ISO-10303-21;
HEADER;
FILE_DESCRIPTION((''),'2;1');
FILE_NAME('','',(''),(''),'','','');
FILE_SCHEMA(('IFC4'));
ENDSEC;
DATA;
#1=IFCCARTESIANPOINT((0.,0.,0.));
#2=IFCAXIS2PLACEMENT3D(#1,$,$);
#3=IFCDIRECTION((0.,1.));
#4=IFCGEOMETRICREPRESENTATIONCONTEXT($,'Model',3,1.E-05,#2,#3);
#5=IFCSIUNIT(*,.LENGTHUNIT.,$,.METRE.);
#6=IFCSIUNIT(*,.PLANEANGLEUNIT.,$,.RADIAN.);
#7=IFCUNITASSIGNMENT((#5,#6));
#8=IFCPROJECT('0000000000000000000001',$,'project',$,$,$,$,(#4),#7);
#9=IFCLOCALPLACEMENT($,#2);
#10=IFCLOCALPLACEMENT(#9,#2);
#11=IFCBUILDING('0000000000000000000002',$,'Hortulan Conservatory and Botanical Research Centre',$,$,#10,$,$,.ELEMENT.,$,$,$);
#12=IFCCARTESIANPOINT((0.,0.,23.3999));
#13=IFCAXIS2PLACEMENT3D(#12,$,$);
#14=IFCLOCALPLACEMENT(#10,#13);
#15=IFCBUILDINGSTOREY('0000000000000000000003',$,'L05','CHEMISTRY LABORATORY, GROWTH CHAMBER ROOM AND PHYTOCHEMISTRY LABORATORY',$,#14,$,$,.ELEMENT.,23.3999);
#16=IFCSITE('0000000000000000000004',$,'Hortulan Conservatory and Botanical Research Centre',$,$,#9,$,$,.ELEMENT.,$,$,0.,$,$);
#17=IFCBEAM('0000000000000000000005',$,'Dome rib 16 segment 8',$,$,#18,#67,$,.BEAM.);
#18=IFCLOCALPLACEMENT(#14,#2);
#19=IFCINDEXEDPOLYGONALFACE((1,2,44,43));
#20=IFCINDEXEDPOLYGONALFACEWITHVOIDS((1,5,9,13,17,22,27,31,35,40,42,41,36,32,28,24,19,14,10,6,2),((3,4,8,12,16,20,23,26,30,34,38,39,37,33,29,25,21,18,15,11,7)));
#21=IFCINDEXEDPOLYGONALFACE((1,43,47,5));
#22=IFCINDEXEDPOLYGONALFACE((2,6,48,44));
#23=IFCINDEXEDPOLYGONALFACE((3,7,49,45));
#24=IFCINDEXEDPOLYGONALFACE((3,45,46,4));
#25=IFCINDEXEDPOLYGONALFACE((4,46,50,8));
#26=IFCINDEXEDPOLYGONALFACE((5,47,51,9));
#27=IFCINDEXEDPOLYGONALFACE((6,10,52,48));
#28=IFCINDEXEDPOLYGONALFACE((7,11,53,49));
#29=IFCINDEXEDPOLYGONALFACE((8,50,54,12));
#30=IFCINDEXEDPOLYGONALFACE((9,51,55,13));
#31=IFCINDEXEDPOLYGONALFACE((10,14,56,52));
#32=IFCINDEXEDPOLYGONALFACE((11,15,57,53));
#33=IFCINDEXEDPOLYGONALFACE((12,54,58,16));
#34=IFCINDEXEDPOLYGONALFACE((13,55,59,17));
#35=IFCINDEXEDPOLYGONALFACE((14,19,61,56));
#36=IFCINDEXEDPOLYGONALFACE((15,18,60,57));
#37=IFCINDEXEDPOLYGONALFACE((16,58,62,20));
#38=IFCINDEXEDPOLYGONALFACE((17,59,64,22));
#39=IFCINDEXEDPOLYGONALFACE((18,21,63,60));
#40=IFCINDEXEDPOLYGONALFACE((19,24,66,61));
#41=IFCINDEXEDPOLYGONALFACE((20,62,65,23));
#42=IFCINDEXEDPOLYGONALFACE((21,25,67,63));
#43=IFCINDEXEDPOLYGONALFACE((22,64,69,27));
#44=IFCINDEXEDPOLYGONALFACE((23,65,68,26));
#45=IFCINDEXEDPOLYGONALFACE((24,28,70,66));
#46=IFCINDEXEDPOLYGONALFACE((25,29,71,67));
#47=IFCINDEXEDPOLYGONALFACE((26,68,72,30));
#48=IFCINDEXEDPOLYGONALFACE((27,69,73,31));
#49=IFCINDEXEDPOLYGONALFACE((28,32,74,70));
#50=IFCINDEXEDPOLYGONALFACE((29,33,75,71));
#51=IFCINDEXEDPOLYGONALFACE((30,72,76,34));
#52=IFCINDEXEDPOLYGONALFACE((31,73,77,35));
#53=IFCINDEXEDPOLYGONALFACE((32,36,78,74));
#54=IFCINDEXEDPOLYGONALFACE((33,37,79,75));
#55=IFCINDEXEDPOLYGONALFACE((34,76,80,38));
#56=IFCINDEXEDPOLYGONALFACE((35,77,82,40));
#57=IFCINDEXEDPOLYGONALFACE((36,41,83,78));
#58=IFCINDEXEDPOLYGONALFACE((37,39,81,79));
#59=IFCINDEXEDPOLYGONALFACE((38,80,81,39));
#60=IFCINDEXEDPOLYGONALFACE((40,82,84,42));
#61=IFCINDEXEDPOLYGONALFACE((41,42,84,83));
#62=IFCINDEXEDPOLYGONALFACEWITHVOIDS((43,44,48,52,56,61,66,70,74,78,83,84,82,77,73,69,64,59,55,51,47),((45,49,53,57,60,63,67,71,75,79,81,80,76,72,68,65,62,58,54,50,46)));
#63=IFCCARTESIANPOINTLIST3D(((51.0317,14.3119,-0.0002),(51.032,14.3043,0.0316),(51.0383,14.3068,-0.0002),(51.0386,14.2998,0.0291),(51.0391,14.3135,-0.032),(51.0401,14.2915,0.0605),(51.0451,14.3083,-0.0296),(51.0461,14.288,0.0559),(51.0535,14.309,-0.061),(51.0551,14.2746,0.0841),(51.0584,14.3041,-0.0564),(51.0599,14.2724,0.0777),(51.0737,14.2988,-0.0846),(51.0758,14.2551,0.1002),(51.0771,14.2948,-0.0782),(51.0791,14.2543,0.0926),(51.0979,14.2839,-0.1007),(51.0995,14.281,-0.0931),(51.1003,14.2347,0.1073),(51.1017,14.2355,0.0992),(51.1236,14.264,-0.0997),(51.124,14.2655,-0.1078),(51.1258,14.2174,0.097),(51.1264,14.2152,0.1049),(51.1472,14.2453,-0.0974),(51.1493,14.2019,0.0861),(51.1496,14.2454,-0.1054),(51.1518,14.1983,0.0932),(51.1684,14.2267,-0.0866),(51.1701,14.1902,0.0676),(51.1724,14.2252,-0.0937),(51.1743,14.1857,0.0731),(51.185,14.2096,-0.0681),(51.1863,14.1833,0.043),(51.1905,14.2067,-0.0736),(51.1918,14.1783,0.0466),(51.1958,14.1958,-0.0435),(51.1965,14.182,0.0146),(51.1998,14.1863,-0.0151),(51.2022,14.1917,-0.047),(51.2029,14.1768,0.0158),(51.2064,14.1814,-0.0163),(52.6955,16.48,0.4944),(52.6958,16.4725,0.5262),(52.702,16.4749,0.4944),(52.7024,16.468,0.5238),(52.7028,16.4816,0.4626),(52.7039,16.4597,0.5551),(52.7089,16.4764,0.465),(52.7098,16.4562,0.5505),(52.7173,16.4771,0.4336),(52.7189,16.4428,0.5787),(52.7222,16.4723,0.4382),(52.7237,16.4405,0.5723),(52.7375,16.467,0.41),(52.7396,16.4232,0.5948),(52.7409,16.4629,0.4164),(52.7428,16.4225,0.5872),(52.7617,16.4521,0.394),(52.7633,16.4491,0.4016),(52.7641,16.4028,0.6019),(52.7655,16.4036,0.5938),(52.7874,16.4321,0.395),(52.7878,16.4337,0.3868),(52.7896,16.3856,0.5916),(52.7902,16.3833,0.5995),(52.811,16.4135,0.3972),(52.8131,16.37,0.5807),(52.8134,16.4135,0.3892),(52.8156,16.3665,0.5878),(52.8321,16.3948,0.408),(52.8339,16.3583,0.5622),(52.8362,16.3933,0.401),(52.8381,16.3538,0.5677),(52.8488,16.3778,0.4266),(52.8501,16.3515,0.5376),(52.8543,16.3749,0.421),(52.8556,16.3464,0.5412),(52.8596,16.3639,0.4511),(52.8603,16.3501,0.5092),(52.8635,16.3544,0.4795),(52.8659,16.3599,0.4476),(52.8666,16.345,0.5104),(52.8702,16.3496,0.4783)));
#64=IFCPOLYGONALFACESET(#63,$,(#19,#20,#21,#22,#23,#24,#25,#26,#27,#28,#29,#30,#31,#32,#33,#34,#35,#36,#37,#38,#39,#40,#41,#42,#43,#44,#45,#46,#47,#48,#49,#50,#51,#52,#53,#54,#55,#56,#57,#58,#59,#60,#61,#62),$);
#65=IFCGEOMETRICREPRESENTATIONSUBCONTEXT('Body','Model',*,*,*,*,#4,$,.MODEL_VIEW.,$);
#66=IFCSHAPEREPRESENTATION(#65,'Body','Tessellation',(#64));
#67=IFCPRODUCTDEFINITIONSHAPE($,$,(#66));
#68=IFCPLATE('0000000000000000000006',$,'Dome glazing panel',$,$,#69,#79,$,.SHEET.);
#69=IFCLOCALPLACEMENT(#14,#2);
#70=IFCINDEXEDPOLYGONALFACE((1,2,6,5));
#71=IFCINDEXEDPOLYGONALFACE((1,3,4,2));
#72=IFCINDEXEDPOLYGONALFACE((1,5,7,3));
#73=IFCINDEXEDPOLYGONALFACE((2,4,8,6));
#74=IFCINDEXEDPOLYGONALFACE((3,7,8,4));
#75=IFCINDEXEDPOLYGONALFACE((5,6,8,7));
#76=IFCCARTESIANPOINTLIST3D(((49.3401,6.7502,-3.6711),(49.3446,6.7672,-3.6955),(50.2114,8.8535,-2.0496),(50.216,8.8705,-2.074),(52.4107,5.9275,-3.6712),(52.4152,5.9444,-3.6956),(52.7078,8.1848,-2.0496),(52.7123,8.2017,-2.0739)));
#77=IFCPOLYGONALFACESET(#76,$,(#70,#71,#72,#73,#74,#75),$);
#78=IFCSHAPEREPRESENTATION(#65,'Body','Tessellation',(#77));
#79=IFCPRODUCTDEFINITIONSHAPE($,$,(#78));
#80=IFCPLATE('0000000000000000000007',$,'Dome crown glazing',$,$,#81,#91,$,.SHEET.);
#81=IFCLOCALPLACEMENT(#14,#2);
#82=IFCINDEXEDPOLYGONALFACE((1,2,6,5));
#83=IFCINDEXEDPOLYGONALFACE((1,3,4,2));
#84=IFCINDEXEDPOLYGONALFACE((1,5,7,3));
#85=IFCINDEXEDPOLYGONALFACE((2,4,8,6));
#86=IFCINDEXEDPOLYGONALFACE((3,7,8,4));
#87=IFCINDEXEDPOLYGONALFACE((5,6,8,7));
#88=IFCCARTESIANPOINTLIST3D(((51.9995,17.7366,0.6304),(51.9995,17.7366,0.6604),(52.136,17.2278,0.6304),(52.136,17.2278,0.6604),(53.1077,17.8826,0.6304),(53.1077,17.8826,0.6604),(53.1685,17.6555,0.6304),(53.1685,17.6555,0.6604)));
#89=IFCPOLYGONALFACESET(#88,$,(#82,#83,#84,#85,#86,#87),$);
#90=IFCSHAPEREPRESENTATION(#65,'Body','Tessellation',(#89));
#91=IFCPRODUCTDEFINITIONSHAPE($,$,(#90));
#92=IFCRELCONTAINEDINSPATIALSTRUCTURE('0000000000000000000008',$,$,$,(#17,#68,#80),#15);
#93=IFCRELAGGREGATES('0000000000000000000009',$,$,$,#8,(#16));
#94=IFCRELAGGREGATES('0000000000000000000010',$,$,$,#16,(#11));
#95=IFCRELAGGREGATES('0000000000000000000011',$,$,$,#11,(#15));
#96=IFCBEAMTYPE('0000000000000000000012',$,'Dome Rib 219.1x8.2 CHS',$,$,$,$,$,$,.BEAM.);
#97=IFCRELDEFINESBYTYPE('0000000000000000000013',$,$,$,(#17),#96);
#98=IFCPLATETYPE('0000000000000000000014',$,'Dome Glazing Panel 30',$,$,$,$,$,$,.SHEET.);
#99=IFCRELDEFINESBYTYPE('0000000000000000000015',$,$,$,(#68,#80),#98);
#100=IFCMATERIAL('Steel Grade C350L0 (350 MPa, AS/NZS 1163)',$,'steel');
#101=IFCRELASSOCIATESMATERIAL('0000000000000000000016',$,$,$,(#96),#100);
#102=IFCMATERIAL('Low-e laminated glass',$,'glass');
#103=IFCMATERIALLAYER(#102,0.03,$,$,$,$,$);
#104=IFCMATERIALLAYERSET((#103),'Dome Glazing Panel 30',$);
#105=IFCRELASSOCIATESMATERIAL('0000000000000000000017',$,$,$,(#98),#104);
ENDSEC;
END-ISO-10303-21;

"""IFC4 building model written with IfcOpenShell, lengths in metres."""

from ifc_helpers import new_model, si_unit, direction, frame, origin, origin_2d, place, context, subcontext, project, spatial, polyline, hollow_circle, outline, extrude, material, layer, layer_set, material_profile, profile_set, type_object, element, save


model = new_model("IFC4")

# Units and contexts
model_context = context("Model", 3, precision=1e-05, world=origin(), true_north=direction((0.0, 1.0)))
body_context = subcontext(model_context, "Body", "Model", "MODEL_VIEW")
ifc_project = project(units=[si_unit("LENGTHUNIT", "METRE"), si_unit("PLANEANGLEUNIT", "RADIAN")], contexts=[model_context])

# Site, building, storey
site_placement = place(None, origin())
site = spatial("IfcSite", under=ifc_project, at=site_placement, Name="Hortulan Conservatory and Botanical Research Centre", CompositionType="ELEMENT", RefElevation=0.0)
building_placement = place(site_placement, origin())
building = spatial("IfcBuilding", under=site, at=building_placement, Name="Hortulan Conservatory and Botanical Research Centre", CompositionType="ELEMENT")
storey_placement = place(building_placement, frame((0.0, 0.0, 23.3999)))
storey = spatial("IfcBuildingStorey", under=building, at=storey_placement, Name="L05", Description="CHEMISTRY LABORATORY, GROWTH CHAMBER ROOM AND PHYTOCHEMISTRY LABORATORY", CompositionType="ELEMENT", Elevation=23.3999)

# Shared definitions
ifc_material_1 = material(Name="Steel Grade C350L0 (350 MPa, AS/NZS 1163)", Category="steel")

# Beam
ifc_material_profile_1 = material_profile(ifc_material_1, hollow_circle(Radius=0.1096, WallThickness=0.0083, at=origin_2d()), Name="219.1x8.2CHS")
ifc_profile_set_1 = profile_set([ifc_material_profile_1], Name="Steel Grade C350L0 (350 MPa, AS/NZS 1163)")
beam_type = type_object("IfcBeamType", Name="Dome Rib 219.1x8.2 CHS", PredefinedType="BEAM", material=ifc_profile_set_1)
for number, where, z_axis, x_axis, name in (
    (1, (51.1187, 14.2451, -0.0002), (0.59905, 0.780655, 0.178089), (-0.793337, 0.608782, 0.0), "Dome rib 16 segment 8"),
):
    element("IfcBeam", number, at=place(storey_placement, frame(where, z_axis=z_axis, x_axis=x_axis)), inside=storey, type_object=beam_type, Name=name, PredefinedType="BEAM", context=body_context, shape_type="SweptSolid", body=[
        extrude(hollow_circle(Radius=0.1096, WallThickness=0.0083, at=origin_2d()), origin(), (0.0, 0.0, 1.0), 2.7773),
    ])

# Plates
ifc_material_2 = material(Name="Low-e laminated glass", Category="glass")
ifc_layer = layer(ifc_material_2, 0.03)
ifc_layer_set = layer_set([ifc_layer], Name="Dome Glazing Panel 30")
plate_type = type_object("IfcPlateType", Name="Dome Glazing Panel 30", PredefinedType="SHEET", material=ifc_layer_set)
plate_1_placement = place(storey_placement, frame((49.3401, 6.7502, -3.6711), z_axis=(-0.15099, -0.563573, 0.81215), x_axis=(0.965929, -0.258809, -0.000015)))
element("IfcPlate", 2, at=plate_1_placement, inside=storey, type_object=plate_type, Name="Dome glazing panel", PredefinedType="SHEET", context=body_context, shape_type="SweptSolid", body=[
    extrude(outline(polyline([(0.0, 0.0), (3.1789, 0.0), (2.8816, 2.7794), (0.2973, 2.7792), (0.0, 0.0)])), origin(), (0.0, 0.0, -1.0), 0.03),
])
plate_2_placement = place(storey_placement, frame((51.9995, 17.7366, 0.6604), z_axis=(0.0, 0.0, 1.0), x_axis=(0.259076, -0.965857, 0.0)))
element("IfcPlate", 3, at=plate_2_placement, inside=storey, type_object=plate_type, Name="Dome crown glazing", PredefinedType="SHEET", context=body_context, shape_type="SweptSolid", body=[
    extrude(outline(polyline([(0.0, 0.0), (0.5268, 0.0), (0.3811, 1.108), (0.1461, 1.1081), (0.0, 0.0)])), origin(), (0.0, 0.0, -1.0), 0.03),
])

save(model, "model.ifc")
